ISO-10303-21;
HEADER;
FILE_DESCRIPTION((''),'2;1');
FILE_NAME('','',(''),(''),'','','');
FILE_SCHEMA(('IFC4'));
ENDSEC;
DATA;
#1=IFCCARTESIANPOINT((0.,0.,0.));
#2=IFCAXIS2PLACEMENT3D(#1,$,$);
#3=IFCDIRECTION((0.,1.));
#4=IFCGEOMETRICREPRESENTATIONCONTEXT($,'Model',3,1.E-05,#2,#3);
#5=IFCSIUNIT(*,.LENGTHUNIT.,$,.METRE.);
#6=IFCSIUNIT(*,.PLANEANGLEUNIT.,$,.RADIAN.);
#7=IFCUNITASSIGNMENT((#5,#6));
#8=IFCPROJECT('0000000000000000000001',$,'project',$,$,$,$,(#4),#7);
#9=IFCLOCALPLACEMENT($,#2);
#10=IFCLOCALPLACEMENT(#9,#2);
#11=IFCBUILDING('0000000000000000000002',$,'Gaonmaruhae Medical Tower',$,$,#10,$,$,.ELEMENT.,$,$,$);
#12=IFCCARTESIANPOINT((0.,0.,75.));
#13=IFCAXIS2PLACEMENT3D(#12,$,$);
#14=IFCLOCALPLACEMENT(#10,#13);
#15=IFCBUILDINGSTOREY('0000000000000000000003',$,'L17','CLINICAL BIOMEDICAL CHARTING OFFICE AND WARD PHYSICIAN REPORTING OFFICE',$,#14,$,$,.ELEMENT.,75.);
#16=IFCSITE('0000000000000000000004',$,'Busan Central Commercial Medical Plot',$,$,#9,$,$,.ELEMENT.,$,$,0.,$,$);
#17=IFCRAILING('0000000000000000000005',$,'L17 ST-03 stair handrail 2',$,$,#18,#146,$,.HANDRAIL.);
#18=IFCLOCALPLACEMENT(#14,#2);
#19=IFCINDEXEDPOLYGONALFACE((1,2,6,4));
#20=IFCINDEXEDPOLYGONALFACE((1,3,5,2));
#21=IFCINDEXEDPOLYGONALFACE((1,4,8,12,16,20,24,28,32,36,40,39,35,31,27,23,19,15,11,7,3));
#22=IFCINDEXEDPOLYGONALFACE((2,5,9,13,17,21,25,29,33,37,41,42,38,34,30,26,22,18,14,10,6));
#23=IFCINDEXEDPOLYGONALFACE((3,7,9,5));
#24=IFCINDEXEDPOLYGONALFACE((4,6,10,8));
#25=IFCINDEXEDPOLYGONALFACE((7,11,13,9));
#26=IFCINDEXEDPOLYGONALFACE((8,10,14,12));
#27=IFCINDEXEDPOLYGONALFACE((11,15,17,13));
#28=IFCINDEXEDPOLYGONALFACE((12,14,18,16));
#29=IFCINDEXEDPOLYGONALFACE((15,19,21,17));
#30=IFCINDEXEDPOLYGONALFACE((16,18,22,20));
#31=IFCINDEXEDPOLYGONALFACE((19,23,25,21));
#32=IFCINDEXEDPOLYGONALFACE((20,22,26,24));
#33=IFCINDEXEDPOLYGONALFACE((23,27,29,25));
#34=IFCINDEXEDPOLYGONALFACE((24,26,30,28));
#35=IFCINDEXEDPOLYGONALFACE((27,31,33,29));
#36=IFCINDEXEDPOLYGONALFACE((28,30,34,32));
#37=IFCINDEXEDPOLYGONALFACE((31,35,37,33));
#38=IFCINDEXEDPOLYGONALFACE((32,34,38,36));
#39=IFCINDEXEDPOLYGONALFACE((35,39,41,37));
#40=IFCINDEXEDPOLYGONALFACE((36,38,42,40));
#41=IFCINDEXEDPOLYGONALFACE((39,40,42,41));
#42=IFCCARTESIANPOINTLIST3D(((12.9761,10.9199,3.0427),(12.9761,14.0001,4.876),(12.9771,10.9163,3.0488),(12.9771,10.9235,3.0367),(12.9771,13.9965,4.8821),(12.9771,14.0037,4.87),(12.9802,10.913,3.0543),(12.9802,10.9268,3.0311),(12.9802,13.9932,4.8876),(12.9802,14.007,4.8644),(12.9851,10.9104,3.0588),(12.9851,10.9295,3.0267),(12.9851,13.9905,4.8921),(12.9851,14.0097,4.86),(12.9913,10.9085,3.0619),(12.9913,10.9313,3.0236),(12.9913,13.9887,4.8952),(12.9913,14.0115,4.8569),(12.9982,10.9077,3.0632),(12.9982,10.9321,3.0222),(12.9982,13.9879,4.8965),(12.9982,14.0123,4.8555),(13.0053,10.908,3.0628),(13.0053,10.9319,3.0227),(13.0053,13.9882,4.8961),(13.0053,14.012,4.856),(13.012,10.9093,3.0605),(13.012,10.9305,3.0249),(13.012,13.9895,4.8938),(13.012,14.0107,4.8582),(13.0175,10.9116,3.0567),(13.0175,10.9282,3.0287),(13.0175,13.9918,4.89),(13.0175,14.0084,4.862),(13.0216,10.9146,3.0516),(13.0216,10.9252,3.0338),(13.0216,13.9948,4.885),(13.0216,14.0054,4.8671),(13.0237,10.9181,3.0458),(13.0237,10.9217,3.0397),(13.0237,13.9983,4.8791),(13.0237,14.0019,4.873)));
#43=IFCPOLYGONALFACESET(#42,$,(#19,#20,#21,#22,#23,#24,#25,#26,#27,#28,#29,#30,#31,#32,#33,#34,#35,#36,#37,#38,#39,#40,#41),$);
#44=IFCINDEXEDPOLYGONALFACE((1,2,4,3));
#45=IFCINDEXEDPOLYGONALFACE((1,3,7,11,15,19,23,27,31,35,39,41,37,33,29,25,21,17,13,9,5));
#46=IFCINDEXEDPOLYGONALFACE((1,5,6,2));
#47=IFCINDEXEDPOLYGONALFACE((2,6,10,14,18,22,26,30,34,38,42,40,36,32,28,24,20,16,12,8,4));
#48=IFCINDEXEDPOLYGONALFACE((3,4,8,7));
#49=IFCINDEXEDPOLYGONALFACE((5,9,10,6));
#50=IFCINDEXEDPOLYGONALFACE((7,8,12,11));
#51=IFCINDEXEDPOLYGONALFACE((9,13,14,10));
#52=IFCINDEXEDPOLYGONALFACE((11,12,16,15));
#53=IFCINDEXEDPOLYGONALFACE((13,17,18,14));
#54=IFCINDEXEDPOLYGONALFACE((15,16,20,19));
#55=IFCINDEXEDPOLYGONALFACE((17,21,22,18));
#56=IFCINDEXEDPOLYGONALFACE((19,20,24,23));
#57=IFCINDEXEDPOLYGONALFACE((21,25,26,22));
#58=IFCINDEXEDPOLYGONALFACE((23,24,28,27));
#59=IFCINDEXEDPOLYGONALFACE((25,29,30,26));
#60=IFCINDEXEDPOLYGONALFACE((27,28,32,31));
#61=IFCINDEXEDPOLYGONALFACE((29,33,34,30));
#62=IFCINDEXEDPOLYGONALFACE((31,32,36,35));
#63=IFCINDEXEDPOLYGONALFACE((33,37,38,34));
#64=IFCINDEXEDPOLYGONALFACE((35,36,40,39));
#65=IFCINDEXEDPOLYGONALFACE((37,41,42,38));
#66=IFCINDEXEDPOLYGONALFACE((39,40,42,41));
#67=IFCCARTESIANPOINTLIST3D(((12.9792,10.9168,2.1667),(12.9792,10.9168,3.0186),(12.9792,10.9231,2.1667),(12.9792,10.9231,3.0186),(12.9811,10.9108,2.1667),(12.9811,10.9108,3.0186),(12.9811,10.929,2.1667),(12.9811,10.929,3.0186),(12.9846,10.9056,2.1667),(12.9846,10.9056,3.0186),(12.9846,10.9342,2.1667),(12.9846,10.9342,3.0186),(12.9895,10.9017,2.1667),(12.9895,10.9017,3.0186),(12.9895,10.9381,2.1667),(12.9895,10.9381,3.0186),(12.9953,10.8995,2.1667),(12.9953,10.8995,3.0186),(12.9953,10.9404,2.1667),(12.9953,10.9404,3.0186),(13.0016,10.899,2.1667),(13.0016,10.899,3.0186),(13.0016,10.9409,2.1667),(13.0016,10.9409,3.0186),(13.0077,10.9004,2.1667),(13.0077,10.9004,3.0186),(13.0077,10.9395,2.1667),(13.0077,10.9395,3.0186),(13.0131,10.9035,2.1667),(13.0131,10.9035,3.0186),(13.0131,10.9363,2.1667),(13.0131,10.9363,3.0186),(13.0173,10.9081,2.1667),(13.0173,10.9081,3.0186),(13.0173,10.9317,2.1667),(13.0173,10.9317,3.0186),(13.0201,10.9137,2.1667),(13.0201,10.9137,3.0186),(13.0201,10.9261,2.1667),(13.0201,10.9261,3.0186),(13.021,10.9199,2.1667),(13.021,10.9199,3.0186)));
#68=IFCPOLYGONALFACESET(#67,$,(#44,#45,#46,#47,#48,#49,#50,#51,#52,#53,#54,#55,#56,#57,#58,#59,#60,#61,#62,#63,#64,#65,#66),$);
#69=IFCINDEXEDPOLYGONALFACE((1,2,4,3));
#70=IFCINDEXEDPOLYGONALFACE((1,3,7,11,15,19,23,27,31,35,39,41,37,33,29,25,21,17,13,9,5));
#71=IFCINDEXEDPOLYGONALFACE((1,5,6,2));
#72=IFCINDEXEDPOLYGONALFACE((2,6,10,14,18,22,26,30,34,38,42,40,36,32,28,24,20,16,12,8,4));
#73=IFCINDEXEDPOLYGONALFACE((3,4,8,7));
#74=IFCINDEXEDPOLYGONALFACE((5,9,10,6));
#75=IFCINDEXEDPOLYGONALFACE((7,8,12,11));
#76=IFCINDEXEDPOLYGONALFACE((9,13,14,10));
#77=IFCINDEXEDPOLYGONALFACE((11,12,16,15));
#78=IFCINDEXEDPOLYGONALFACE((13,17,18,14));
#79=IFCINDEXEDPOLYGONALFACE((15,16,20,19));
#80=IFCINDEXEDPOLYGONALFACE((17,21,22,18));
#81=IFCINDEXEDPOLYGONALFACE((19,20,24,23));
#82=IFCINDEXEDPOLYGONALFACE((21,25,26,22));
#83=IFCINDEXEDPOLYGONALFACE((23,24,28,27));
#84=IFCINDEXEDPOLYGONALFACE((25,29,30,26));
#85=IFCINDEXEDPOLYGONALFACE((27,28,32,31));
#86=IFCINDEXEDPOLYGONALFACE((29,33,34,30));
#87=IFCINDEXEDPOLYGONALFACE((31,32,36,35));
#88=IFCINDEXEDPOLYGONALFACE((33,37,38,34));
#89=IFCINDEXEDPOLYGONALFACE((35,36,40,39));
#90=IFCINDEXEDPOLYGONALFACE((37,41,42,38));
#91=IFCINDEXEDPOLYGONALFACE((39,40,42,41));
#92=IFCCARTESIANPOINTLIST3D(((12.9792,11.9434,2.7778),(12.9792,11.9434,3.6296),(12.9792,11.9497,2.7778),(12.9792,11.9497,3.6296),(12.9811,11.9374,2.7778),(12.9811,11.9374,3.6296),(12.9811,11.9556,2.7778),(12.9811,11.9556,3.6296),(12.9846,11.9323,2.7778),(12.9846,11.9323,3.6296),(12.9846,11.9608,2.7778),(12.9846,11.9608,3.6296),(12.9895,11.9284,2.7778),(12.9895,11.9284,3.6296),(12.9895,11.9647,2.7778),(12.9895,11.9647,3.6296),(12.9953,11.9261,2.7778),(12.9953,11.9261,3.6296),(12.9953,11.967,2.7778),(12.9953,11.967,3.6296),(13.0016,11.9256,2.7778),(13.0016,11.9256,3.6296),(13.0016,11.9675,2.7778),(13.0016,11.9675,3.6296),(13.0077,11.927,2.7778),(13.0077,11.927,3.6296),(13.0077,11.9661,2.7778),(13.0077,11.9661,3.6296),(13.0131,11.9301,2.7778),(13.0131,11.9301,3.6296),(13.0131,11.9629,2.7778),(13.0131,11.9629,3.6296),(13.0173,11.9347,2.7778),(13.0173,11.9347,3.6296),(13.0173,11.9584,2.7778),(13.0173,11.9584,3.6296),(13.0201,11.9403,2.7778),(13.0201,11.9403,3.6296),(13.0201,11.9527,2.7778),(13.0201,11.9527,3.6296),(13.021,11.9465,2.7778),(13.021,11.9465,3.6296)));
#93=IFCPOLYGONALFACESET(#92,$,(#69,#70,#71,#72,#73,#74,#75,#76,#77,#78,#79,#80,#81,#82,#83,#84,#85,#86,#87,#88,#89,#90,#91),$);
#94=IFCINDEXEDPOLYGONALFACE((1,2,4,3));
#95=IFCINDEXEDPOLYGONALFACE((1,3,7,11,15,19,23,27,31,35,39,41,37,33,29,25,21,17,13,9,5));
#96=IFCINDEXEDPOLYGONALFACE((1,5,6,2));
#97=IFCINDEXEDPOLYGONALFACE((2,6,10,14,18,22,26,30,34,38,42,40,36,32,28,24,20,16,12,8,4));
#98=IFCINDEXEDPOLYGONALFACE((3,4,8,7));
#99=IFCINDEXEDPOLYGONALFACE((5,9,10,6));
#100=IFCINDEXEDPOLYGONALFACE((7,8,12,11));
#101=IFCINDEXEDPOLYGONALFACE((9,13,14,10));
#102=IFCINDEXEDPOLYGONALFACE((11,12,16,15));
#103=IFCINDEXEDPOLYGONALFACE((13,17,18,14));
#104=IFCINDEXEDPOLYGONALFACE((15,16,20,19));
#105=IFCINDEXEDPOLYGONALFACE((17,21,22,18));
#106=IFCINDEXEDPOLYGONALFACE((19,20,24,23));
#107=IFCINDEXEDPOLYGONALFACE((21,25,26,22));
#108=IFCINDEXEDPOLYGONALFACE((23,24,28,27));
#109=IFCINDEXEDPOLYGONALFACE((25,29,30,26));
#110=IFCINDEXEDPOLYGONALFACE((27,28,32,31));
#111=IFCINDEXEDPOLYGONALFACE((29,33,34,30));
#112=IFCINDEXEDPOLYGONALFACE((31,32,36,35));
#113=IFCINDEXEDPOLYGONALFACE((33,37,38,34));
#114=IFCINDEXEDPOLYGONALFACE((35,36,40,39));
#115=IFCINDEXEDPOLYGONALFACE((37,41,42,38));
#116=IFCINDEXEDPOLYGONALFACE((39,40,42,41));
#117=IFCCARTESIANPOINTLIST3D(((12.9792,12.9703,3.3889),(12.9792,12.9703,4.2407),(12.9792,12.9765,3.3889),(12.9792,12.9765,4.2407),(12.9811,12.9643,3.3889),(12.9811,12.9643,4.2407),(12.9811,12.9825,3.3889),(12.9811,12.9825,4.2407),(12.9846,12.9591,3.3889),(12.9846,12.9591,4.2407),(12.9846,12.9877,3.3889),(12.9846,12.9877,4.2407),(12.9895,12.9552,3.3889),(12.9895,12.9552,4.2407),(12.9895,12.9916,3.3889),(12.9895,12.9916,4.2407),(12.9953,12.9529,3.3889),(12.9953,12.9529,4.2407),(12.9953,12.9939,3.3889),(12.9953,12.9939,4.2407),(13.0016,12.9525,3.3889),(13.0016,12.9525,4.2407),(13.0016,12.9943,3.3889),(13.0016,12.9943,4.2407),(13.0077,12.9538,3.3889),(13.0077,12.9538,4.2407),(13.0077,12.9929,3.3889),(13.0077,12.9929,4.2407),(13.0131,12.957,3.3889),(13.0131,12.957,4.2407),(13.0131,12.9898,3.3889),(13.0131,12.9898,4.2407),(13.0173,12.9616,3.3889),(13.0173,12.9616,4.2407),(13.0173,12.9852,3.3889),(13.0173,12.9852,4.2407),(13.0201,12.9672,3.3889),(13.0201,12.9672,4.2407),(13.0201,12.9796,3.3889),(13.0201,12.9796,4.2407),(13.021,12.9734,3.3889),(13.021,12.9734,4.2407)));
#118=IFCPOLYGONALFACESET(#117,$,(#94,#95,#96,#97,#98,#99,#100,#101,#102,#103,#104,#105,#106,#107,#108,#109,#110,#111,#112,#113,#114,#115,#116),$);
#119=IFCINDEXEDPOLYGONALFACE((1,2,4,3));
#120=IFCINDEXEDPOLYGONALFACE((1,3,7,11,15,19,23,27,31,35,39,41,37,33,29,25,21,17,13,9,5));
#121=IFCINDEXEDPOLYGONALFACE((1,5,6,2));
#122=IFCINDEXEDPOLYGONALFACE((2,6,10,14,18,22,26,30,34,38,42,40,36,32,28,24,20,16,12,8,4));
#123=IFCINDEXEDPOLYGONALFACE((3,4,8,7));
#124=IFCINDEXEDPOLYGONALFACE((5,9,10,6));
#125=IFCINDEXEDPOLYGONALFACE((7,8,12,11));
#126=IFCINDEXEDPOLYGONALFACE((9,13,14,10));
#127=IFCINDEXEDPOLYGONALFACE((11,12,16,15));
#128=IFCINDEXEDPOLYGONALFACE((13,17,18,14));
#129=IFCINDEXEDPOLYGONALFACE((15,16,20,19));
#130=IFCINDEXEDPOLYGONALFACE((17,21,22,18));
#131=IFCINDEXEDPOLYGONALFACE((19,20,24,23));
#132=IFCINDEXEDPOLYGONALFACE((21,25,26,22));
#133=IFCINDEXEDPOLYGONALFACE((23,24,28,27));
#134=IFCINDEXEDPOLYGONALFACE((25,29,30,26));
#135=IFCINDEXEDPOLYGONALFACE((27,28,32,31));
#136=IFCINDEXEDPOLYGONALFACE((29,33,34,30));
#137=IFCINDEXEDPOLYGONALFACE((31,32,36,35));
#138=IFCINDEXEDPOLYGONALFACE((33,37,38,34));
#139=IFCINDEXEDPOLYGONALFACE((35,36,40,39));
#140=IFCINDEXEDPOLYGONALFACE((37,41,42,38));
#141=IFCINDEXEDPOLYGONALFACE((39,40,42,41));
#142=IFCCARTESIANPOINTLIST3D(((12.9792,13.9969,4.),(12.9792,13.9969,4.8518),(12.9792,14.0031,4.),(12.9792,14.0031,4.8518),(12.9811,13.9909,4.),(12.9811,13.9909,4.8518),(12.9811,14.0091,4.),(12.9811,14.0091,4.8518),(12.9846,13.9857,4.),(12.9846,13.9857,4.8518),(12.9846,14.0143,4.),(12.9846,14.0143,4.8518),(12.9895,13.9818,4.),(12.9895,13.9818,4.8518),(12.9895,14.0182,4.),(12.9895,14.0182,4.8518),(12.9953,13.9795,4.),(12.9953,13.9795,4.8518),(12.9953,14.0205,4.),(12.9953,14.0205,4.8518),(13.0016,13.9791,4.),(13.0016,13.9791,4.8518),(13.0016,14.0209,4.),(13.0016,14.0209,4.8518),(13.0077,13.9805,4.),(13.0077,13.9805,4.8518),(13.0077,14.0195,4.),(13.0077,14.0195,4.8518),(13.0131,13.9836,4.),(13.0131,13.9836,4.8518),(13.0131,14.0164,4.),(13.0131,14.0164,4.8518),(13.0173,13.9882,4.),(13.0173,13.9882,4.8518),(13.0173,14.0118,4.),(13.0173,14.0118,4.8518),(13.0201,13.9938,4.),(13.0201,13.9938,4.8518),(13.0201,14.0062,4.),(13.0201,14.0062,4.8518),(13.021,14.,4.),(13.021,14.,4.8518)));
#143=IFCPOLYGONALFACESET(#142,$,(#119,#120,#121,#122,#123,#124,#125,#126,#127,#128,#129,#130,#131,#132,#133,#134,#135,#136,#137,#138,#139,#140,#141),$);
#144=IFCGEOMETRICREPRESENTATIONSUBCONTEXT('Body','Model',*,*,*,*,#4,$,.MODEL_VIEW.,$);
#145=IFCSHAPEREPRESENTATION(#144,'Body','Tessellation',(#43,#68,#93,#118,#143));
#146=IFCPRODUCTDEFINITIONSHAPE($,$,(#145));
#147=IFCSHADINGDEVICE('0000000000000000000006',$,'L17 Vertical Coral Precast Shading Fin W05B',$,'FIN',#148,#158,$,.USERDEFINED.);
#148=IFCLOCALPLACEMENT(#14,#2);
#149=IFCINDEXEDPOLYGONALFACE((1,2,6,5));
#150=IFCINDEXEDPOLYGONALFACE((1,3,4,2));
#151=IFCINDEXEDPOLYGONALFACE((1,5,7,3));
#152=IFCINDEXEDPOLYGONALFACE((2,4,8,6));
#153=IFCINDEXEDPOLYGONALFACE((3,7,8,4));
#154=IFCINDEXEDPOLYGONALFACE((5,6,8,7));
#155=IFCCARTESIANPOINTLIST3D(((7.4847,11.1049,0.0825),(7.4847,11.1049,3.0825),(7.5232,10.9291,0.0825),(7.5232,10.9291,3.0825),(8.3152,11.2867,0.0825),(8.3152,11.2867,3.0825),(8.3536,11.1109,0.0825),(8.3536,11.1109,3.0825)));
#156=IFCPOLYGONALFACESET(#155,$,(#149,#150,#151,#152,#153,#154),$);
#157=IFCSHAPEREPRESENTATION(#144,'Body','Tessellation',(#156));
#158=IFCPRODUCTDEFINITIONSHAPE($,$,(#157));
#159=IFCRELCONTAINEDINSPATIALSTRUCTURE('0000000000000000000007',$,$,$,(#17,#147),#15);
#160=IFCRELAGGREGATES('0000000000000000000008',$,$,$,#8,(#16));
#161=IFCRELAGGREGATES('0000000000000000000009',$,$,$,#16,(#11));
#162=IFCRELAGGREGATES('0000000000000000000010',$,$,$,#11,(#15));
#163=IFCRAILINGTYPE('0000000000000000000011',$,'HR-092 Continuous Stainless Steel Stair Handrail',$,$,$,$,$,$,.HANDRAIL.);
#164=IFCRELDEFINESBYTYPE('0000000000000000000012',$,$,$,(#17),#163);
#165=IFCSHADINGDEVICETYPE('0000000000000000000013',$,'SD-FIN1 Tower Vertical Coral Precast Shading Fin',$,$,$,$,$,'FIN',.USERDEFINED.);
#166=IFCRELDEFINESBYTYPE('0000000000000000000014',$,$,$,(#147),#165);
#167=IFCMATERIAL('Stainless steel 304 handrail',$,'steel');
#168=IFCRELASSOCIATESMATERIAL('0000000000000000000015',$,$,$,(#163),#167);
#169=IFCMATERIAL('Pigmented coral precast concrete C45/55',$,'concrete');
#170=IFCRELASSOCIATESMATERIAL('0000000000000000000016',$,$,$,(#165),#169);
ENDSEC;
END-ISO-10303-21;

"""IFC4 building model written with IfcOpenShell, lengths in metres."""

from ifc_helpers import new_model, si_unit, direction, frame, origin, origin_2d, place, context, subcontext, project, spatial, rectangle, circle, extrude, material, type_object, element, save


model = new_model("IFC4")

# Units and contexts
model_context = context("Model", 3, precision=1e-05, world=origin(), true_north=direction((0.0, 1.0)))
body_context = subcontext(model_context, "Body", "Model", "MODEL_VIEW")
ifc_project = project(units=[si_unit("LENGTHUNIT", "METRE"), si_unit("PLANEANGLEUNIT", "RADIAN")], contexts=[model_context])

# Site, building, storey
site_placement = place(None, origin())
site = spatial("IfcSite", under=ifc_project, at=site_placement, Name="Busan Central Commercial Medical Plot", CompositionType="ELEMENT", RefElevation=0.0)
building_placement = place(site_placement, origin())
building = spatial("IfcBuilding", under=site, at=building_placement, Name="Gaonmaruhae Medical Tower", CompositionType="ELEMENT")
storey_placement = place(building_placement, frame((0.0, 0.0, 75.0)))
storey = spatial("IfcBuildingStorey", under=building, at=storey_placement, Name="L17", Description="CLINICAL BIOMEDICAL CHARTING OFFICE AND WARD PHYSICIAN REPORTING OFFICE", CompositionType="ELEMENT", Elevation=75.0)

# Railing
ifc_material_1 = material(Name="Stainless steel 304 handrail", Category="steel")
railing_type_1 = type_object("IfcRailingType", Name="HR-092 Continuous Stainless Steel Stair Handrail", PredefinedType="HANDRAIL", material=ifc_material_1)
railing_1_placement = place(storey_placement, frame((13.0, 10.9199, 2.1667)))
element("IfcRailing", 1, at=railing_1_placement, inside=storey, type_object=railing_type_1, Name="L17 ST-03 stair handrail 2", PredefinedType="HANDRAIL", context=body_context, shape_type="SweptSolid", body=[
    extrude(circle(Radius=0.0239, at=origin_2d()), frame((0.0, 0.0, 0.876), z_axis=(0.0, 0.859309, 0.511458), x_axis=(-1.0, 0.0, 0.0)), (0.0, 0.0, 1.0), 3.5845),
    extrude(circle(Radius=0.021, at=origin_2d()), origin(), (0.0, 0.0, 1.0), 0.8518),
    extrude(circle(Radius=0.021, at=origin_2d()), frame((0.0, 1.0266, 0.6111)), (0.0, 0.0, 1.0), 0.8518),
    extrude(circle(Radius=0.021, at=origin_2d()), frame((0.0, 2.0535, 1.2222)), (0.0, 0.0, 1.0), 0.8518),
    extrude(circle(Radius=0.021, at=origin_2d()), frame((0.0, 3.0801, 1.8333)), (0.0, 0.0, 1.0), 0.8518),
])

# Shading device
ifc_material_2 = material(Name="Pigmented coral precast concrete C45/55", Category="concrete")
shading_device_type = type_object("IfcShadingDeviceType", Name="SD-FIN1 Tower Vertical Coral Precast Shading Fin", ElementType="FIN", PredefinedType="USERDEFINED", material=ifc_material_2)
shading_device_placement = place(storey_placement, frame((7.9192, 11.1079, 0.0825), z_axis=(0.0, 0.0, 1.0), x_axis=(-0.213883, 0.976859, 0.0)))
element("IfcShadingDevice", 2, at=shading_device_placement, inside=storey, type_object=shading_device_type, Name="L17 Vertical Coral Precast Shading Fin W05B", ObjectType="FIN", PredefinedType="USERDEFINED", context=body_context, shape_type="SweptSolid", body=[
    extrude(rectangle(XDim=0.1799, YDim=0.8501, at=origin_2d()), origin(), (0.0, 0.0, 1.0), 3.0),
])

save(model, "model.ifc")
